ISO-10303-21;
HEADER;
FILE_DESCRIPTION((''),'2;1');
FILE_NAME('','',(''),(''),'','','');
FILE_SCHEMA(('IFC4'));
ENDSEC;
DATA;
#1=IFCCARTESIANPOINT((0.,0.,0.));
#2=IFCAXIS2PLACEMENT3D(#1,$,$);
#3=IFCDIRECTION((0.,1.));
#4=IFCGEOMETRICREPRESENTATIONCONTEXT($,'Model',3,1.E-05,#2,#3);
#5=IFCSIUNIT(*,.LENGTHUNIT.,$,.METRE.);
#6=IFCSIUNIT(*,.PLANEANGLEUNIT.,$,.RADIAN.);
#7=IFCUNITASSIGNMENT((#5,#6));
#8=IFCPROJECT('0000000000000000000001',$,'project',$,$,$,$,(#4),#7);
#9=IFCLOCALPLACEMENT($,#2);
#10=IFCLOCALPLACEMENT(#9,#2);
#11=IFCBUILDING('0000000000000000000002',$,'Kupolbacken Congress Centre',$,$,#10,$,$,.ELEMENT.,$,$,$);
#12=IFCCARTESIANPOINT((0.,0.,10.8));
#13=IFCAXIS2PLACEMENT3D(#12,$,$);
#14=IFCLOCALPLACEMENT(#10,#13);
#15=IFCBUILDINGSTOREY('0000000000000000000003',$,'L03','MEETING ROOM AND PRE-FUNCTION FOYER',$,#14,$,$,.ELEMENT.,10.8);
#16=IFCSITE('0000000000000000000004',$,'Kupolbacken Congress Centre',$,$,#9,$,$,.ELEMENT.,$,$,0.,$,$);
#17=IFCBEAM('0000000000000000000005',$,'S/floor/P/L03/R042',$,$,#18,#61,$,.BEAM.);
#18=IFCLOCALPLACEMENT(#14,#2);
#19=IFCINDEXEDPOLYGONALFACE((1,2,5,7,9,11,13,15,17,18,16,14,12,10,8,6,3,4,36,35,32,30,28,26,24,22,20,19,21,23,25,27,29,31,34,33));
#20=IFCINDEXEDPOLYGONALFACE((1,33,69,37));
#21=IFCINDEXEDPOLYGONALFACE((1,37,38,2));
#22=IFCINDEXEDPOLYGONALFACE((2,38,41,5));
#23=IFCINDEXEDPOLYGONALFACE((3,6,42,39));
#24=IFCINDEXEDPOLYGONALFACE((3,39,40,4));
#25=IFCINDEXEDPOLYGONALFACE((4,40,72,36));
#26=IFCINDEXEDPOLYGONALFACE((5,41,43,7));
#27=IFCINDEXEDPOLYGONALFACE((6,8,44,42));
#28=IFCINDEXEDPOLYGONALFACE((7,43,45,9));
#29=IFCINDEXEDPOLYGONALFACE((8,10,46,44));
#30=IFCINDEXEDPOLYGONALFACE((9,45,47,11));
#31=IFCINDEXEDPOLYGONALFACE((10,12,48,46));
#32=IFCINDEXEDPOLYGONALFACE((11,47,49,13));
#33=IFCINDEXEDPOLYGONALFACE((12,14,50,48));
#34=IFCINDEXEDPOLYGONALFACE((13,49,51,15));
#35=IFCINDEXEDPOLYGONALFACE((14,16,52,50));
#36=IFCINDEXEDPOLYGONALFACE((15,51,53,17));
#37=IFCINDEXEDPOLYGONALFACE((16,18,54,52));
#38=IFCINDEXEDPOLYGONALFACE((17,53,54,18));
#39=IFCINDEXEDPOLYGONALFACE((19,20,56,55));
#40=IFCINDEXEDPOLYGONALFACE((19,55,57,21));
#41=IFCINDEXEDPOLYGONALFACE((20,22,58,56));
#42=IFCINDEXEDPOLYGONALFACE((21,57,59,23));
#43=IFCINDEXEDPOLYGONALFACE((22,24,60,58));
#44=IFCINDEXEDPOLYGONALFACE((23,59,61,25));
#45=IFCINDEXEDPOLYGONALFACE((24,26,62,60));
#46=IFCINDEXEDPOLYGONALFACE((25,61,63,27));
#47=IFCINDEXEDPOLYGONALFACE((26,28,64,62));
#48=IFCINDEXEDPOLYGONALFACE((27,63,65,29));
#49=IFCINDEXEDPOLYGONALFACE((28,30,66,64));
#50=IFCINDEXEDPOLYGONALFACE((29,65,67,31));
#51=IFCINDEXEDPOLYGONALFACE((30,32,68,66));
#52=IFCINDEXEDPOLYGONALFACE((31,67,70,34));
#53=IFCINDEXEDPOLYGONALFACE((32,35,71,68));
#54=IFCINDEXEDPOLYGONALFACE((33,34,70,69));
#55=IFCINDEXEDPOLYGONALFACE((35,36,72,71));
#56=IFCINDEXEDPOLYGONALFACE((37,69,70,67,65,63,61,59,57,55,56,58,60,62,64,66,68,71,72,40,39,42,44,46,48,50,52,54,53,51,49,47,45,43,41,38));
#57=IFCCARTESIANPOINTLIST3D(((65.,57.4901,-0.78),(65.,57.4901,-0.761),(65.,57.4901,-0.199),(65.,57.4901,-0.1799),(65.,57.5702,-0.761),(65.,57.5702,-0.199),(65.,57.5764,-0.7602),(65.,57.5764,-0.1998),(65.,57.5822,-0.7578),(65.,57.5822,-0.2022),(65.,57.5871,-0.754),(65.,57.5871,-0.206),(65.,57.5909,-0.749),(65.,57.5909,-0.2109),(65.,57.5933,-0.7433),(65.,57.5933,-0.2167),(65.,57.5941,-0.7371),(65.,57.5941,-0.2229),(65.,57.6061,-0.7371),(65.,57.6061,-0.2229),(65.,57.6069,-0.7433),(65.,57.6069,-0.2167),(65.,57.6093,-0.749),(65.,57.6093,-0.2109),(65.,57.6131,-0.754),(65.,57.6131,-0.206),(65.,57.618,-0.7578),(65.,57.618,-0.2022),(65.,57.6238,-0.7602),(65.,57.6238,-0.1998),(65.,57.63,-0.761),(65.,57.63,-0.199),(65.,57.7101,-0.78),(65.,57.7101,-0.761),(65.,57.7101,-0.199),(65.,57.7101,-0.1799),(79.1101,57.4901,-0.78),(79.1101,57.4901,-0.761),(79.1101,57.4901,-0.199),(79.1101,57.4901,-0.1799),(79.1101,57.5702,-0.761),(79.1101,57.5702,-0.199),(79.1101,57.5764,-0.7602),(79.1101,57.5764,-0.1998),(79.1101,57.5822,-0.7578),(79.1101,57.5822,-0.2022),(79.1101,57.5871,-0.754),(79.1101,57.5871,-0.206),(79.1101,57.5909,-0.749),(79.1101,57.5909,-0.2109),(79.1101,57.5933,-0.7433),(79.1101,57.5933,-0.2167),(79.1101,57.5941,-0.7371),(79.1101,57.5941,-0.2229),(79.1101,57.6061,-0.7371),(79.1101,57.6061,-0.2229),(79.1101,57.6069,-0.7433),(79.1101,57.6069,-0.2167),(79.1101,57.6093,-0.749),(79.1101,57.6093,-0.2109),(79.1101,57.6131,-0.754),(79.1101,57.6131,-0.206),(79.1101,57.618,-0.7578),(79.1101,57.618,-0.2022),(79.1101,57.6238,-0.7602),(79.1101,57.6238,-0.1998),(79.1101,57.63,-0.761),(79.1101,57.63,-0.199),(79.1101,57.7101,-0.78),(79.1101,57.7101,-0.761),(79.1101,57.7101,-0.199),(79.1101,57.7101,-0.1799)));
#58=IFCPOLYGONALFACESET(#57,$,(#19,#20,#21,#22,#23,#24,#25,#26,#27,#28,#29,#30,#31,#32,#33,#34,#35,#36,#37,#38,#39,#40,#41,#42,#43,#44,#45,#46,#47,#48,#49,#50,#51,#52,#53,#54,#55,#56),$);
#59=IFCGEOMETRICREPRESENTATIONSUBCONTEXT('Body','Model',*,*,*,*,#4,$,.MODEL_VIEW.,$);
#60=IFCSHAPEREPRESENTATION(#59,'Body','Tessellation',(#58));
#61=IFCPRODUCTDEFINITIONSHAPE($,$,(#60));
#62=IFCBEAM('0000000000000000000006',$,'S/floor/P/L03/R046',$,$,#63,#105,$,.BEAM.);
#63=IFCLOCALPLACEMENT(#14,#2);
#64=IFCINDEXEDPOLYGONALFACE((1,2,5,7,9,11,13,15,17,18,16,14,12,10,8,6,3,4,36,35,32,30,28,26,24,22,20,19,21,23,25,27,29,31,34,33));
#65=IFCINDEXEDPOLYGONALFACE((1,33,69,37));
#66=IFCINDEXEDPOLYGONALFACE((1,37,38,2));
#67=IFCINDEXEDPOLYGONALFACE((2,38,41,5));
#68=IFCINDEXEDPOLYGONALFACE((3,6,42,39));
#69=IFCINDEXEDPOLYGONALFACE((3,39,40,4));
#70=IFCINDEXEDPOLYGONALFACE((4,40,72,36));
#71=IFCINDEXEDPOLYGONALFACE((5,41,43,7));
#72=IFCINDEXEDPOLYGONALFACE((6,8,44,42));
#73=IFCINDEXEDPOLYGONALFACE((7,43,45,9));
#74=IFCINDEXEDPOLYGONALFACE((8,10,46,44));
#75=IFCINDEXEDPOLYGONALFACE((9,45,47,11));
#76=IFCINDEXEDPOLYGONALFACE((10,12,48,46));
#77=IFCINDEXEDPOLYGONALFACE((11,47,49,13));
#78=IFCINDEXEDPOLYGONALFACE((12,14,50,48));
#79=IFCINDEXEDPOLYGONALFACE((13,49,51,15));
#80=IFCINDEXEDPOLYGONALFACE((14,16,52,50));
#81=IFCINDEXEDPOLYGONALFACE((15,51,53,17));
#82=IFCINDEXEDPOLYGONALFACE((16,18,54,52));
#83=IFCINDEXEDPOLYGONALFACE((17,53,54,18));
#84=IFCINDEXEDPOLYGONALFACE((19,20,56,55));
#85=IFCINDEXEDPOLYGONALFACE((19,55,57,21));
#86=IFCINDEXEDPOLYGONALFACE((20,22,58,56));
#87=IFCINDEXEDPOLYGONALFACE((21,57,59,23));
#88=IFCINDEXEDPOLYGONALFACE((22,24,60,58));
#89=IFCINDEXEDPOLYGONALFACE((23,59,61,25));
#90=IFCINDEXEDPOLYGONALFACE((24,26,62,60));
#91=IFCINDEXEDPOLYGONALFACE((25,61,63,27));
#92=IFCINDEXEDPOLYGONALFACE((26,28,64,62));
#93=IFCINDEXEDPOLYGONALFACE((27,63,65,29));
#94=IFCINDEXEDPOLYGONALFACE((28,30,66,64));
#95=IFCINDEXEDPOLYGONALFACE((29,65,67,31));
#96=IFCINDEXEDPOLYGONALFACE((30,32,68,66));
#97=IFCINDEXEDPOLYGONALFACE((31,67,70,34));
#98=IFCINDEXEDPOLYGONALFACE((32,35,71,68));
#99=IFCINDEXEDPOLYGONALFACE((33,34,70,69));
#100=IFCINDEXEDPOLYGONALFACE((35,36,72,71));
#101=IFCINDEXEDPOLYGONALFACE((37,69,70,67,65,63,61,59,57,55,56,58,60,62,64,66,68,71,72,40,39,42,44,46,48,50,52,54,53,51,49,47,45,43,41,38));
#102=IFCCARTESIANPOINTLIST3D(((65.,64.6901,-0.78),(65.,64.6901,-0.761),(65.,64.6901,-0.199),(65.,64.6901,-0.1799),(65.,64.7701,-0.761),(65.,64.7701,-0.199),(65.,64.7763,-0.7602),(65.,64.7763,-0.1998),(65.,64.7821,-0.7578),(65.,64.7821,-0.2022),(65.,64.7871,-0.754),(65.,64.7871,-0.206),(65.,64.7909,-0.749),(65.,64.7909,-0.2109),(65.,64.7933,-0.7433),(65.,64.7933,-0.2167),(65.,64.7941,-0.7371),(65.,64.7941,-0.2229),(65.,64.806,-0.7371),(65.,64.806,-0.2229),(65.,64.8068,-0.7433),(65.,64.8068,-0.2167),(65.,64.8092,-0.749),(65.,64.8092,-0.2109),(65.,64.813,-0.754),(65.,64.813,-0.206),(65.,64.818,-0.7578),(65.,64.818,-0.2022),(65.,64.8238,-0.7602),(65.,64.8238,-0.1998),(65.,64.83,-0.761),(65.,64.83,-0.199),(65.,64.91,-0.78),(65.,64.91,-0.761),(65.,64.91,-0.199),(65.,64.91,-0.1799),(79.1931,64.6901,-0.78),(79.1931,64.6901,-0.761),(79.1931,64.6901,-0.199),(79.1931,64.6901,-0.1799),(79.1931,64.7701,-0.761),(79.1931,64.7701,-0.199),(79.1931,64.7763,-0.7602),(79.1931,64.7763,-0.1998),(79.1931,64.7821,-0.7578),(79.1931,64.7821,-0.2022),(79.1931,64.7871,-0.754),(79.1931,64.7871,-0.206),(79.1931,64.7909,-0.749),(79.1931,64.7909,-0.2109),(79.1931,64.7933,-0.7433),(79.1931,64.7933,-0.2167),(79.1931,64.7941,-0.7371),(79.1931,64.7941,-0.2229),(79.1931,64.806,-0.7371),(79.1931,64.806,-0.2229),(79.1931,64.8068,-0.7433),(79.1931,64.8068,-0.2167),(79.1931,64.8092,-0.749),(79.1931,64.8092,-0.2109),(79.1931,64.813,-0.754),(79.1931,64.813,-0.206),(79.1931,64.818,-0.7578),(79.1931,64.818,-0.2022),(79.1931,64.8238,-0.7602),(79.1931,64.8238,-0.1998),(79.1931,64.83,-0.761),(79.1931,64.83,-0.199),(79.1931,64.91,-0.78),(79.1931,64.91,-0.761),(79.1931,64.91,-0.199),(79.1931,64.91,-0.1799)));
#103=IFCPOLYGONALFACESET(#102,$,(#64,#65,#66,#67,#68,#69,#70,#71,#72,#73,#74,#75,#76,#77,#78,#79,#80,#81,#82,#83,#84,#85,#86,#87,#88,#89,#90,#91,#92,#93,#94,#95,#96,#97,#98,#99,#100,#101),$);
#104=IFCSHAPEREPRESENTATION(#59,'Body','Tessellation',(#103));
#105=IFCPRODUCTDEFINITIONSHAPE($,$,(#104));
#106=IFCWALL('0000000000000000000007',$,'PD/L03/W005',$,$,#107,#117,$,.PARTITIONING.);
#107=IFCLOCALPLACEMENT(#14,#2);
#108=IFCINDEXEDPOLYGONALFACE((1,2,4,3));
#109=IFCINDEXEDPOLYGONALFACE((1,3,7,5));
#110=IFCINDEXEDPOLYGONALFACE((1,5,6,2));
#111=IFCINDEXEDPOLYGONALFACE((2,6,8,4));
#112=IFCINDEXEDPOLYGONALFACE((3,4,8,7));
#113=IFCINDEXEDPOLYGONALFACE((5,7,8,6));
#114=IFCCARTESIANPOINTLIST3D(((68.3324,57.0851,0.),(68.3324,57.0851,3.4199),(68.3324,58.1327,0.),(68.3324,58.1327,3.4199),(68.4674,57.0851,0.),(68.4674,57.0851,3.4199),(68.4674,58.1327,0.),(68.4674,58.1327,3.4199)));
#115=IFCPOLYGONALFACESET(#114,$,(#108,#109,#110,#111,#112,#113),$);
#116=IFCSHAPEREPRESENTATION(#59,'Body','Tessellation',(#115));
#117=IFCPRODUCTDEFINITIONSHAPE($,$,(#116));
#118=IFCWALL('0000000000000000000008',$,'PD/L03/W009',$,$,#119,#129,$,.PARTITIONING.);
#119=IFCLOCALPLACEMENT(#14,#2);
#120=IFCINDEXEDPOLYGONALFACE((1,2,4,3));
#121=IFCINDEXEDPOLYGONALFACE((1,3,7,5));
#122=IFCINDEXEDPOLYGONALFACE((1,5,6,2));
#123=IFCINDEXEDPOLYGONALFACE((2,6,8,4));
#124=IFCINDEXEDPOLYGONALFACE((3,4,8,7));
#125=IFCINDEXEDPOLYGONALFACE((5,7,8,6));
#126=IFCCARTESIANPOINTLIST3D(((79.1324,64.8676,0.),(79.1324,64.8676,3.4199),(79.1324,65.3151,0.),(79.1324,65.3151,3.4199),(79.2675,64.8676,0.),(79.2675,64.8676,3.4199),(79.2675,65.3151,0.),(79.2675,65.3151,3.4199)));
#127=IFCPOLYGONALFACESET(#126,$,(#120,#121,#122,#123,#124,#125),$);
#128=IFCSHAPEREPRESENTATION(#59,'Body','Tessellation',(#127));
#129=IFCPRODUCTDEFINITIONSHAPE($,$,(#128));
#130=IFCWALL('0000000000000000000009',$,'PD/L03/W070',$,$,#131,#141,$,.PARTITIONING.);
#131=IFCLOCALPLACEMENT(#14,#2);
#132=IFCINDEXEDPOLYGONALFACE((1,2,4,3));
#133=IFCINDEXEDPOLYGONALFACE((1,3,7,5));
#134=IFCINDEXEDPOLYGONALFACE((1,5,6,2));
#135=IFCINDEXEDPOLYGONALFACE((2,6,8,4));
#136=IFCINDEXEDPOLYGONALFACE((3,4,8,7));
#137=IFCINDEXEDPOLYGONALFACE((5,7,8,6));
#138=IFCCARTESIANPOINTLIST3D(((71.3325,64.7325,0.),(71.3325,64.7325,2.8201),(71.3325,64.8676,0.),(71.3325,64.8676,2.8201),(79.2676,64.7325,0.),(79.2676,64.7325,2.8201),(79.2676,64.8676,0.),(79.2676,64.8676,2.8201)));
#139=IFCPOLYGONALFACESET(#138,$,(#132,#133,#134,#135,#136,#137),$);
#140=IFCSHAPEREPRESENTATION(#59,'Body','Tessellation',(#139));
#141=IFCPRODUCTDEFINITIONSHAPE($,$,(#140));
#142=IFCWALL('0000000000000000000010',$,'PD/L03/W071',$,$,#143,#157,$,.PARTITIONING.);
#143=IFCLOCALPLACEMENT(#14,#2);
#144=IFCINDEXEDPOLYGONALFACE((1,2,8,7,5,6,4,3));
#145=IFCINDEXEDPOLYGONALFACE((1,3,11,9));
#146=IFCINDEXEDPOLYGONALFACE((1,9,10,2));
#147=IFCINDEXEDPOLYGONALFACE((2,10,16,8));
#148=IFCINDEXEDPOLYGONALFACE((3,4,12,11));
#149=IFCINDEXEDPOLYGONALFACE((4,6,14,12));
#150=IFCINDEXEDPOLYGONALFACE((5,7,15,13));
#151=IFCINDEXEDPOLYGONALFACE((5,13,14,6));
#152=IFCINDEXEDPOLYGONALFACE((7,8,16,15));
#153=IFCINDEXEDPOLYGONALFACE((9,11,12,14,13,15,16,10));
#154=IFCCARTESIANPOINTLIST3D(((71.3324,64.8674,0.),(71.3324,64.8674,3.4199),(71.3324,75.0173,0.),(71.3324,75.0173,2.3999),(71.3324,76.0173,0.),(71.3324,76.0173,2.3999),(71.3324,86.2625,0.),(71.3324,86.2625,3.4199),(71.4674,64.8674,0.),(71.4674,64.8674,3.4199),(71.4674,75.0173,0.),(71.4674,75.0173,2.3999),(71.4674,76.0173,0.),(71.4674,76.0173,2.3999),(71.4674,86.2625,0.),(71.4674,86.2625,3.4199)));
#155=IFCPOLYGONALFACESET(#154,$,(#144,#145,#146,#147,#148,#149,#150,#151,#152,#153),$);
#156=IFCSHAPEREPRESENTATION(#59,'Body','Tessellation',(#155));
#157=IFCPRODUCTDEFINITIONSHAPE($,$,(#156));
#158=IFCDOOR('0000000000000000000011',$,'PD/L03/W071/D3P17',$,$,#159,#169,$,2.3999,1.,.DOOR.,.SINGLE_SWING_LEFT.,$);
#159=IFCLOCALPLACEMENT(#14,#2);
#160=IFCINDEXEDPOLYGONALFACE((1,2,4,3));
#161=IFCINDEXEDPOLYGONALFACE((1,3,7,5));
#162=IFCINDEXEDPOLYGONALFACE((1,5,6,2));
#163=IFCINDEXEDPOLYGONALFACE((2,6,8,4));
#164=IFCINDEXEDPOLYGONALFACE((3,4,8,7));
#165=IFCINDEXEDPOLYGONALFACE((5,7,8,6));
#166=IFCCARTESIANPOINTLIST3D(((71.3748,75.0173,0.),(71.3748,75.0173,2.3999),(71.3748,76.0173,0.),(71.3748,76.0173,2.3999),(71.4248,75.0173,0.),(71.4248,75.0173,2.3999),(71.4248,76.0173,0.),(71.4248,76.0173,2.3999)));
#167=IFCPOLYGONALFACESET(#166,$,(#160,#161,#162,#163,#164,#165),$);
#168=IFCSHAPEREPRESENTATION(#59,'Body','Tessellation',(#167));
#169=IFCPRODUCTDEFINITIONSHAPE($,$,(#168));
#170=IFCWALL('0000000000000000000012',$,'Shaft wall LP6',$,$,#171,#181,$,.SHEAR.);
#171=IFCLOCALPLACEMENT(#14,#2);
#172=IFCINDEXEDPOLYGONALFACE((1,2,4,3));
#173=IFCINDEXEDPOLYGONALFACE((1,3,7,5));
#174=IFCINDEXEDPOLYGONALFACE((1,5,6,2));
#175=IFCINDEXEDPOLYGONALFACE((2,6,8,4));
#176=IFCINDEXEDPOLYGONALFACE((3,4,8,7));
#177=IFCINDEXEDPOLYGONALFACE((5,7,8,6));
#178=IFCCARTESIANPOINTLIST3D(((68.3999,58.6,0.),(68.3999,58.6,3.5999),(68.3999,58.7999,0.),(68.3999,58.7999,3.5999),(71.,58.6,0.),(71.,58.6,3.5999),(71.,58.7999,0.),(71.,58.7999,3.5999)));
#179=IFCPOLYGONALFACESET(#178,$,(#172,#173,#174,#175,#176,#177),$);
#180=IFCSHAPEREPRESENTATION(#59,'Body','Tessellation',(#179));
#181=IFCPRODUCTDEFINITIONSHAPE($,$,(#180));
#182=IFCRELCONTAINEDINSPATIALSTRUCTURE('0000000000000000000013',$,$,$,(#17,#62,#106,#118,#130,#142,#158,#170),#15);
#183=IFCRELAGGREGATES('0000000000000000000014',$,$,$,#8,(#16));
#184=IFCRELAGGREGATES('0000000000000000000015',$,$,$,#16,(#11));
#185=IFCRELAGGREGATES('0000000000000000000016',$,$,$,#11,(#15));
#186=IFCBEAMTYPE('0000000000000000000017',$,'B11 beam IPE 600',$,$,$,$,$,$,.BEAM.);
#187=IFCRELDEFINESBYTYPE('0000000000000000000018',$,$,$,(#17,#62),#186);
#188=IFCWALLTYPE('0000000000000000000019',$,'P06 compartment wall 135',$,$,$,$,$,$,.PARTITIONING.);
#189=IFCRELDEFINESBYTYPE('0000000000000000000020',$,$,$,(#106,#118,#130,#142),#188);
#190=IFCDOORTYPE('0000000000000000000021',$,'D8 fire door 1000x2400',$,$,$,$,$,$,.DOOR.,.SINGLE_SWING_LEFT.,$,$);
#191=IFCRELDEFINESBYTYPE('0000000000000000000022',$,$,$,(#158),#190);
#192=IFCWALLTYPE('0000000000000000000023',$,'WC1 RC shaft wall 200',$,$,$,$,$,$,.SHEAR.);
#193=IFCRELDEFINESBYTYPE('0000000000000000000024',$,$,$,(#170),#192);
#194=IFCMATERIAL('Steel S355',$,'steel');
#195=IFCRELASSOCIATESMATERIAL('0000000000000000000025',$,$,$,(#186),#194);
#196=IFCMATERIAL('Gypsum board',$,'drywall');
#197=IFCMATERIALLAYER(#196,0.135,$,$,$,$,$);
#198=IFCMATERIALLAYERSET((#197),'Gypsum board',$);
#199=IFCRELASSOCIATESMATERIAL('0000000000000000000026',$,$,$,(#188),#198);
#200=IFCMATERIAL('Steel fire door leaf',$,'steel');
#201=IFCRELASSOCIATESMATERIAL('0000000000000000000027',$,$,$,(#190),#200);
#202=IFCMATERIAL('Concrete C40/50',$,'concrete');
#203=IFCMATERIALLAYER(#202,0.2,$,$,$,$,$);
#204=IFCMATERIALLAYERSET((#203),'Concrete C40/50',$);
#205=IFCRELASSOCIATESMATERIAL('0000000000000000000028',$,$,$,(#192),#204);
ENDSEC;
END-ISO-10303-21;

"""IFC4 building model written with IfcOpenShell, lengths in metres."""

from ifc_helpers import new_model, si_unit, direction, frame, frame_2d, origin, origin_2d, place, context, subcontext, project, spatial, rectangle, i_section, extrude, material, layer, layer_set, material_profile, profile_set, type_object, element, fill, save


model = new_model("IFC4")

# Units and contexts
model_context = context("Model", 3, precision=1e-05, world=origin(), true_north=direction((0.0, 1.0)))
body_context = subcontext(model_context, "Body", "Model", "MODEL_VIEW")
ifc_project = project(units=[si_unit("LENGTHUNIT", "METRE"), si_unit("PLANEANGLEUNIT", "RADIAN")], contexts=[model_context])

# Site, building, storey
site_placement = place(None, origin())
site = spatial("IfcSite", under=ifc_project, at=site_placement, Name="Kupolbacken Congress Centre", CompositionType="ELEMENT", RefElevation=0.0)
building_placement = place(site_placement, origin())
building = spatial("IfcBuilding", under=site, at=building_placement, Name="Kupolbacken Congress Centre", CompositionType="ELEMENT")
storey_placement = place(building_placement, frame((0.0, 0.0, 10.8)))
storey = spatial("IfcBuildingStorey", under=building, at=storey_placement, Name="L03", Description="MEETING ROOM AND PRE-FUNCTION FOYER", CompositionType="ELEMENT", Elevation=10.8)

# Beams
ifc_material_1 = material(Name="Steel S355", Category="steel")
ifc_material_profile_1 = material_profile(ifc_material_1, i_section(OverallWidth=0.22, OverallDepth=0.6001, WebThickness=0.012, FlangeThickness=0.019, FilletRadius=0.0239, at=origin_2d()), Name="IPE 600")
ifc_profile_set_1 = profile_set([ifc_material_profile_1], Name="Steel S355")
beam_type_1 = type_object("IfcBeamType", Name="B11 beam IPE 600", PredefinedType="BEAM", material=ifc_profile_set_1)
beam_1_placement = place(storey_placement, frame((65.0, 57.6001, -0.48), z_axis=(1.0, 0.0, 0.0), x_axis=(0.0, 1.0, 0.0)))
element("IfcBeam", 1, at=beam_1_placement, inside=storey, type_object=beam_type_1, Name="S/floor/P/L03/R042", PredefinedType="BEAM", context=body_context, shape_type="SweptSolid", body=[
    extrude(i_section(OverallWidth=0.22, OverallDepth=0.6001, WebThickness=0.012, FlangeThickness=0.019, FilletRadius=0.0239, at=origin_2d()), origin(), (0.0, 0.0, 1.0), 14.1101),
])
beam_2_placement = place(storey_placement, frame((65.0, 64.8, -0.48), z_axis=(1.0, 0.0, 0.0), x_axis=(0.0, 1.0, 0.0)))
element("IfcBeam", 2, at=beam_2_placement, inside=storey, type_object=beam_type_1, Name="S/floor/P/L03/R046", PredefinedType="BEAM", context=body_context, shape_type="SweptSolid", body=[
    extrude(i_section(OverallWidth=0.22, OverallDepth=0.6001, WebThickness=0.012, FlangeThickness=0.019, FilletRadius=0.0239, at=origin_2d()), origin(), (0.0, 0.0, 1.0), 14.1931),
])

# Walls
ifc_material_2 = material(Name="Gypsum board", Category="drywall")
ifc_layer_1 = layer(ifc_material_2, 0.135)
ifc_layer_set_1 = layer_set([ifc_layer_1], Name="Gypsum board")
wall_type_1 = type_object("IfcWallType", Name="P06 compartment wall 135", PredefinedType="PARTITIONING", material=ifc_layer_set_1)
wall_1_placement = place(storey_placement, frame((68.3999, 57.085, 0.0), z_axis=(0.0, 0.0, 1.0), x_axis=(0.0, 1.0, 0.0)))
element("IfcWall", 3, at=wall_1_placement, inside=storey, type_object=wall_type_1, Name="PD/L03/W005", PredefinedType="PARTITIONING", context=body_context, shape_type="SweptSolid", body=[
    extrude(rectangle(XDim=1.0476, YDim=0.135, at=frame_2d((0.5239, 0.0))), origin(), (0.0, 0.0, 1.0), 3.4199),
])
wall_2_placement = place(storey_placement, frame((79.2, 65.3149, 0.0), z_axis=(0.0, 0.0, 1.0), x_axis=(0.0, -1.0, 0.0)))
element("IfcWall", 4, at=wall_2_placement, inside=storey, type_object=wall_type_1, Name="PD/L03/W009", PredefinedType="PARTITIONING", context=body_context, shape_type="SweptSolid", body=[
    extrude(rectangle(XDim=0.4475, YDim=0.135, at=frame_2d((0.2236, 0.0))), origin(), (0.0, 0.0, 1.0), 3.4199),
])
wall_3_placement = place(storey_placement, frame((79.2676, 64.8, 0.0), z_axis=(0.0, 0.0, 1.0), x_axis=(-1.0, 0.0, 0.0)))
element("IfcWall", 5, at=wall_3_placement, inside=storey, type_object=wall_type_1, Name="PD/L03/W070", PredefinedType="PARTITIONING", context=body_context, shape_type="SweptSolid", body=[
    extrude(rectangle(XDim=7.9351, YDim=0.135, at=frame_2d((3.9675, 0.0))), origin(), (0.0, 0.0, 1.0), 2.8201),
])

# Wall, opening, door
wall_4_placement = place(storey_placement, frame((71.3999, 64.8674, 0.0), z_axis=(0.0, 0.0, 1.0), x_axis=(0.0, 1.0, 0.0)))
wall_4 = element("IfcWall", 6, at=wall_4_placement, inside=storey, type_object=wall_type_1, Name="PD/L03/W071", PredefinedType="PARTITIONING", context=body_context, shape_type="SweptSolid", body=[
    extrude(rectangle(XDim=21.395, YDim=0.135, at=frame_2d((10.6975, 0.0))), origin(), (0.0, 0.0, 1.0), 3.4199),
])
opening_1_placement = place(wall_4_placement, frame((10.1499, 0.0, 0.0)))
opening_1 = element("IfcOpeningElement", 7, at=opening_1_placement, cuts=wall_4, PredefinedType="OPENING", context=body_context, shape_type="SweptSolid", body=[
    extrude(rectangle(XDim=1.0, YDim=2.3999, at=frame_2d((0.5, 1.2))), frame((0.0, 0.0774, 0.0), z_axis=(0.0, -1.0, 0.0), x_axis=(1.0, 0.0, 0.0)), (0.0, 0.0, 1.0), 0.155),
])
ifc_material_3 = material(Name="Steel fire door leaf", Category="steel")
door_type_1 = type_object("IfcDoorType", Name="D8 fire door 1000x2400", OperationType="SINGLE_SWING_LEFT", PredefinedType="DOOR", material=ifc_material_3)
door_1_placement = place(opening_1_placement, frame((1.0, 0.0, 0.0), z_axis=(0.0, 0.0, 1.0), x_axis=(-1.0, 0.0, 0.0)))
door_1 = element("IfcDoor", 8, at=door_1_placement, inside=storey, type_object=door_type_1, Name="PD/L03/W071/D3P17", OperationType="SINGLE_SWING_LEFT", OverallHeight=2.3999, OverallWidth=1.0, PredefinedType="DOOR", context=body_context, shape_type="SweptSolid", body=[
    extrude(rectangle(XDim=1.0, YDim=2.3999, at=frame_2d((0.5, 1.2))), frame((0.0, 0.0249, 0.0), z_axis=(0.0, -1.0, 0.0), x_axis=(1.0, 0.0, 0.0)), (0.0, 0.0, 1.0), 0.05),
])
fill(opening_1, door_1)

# Wall
ifc_material_4 = material(Name="Concrete C40/50", Category="concrete")
ifc_layer_2 = layer(ifc_material_4, 0.2)
ifc_layer_set_2 = layer_set([ifc_layer_2], Name="Concrete C40/50")
wall_type_2 = type_object("IfcWallType", Name="WC1 RC shaft wall 200", PredefinedType="SHEAR", material=ifc_layer_set_2)
wall_5_placement = place(storey_placement, frame((68.3999, 58.7, 0.0), z_axis=(0.0, 0.0, 1.0), x_axis=(1.0, 0.0, 0.0)))
element("IfcWall", 9, at=wall_5_placement, inside=storey, type_object=wall_type_2, Name="Shaft wall LP6", PredefinedType="SHEAR", context=body_context, shape_type="SweptSolid", body=[
    extrude(rectangle(XDim=2.6001, YDim=0.2, at=frame_2d((1.3, 0.0))), origin(), (0.0, 0.0, 1.0), 3.5999),
])

save(model, "model.ifc")
